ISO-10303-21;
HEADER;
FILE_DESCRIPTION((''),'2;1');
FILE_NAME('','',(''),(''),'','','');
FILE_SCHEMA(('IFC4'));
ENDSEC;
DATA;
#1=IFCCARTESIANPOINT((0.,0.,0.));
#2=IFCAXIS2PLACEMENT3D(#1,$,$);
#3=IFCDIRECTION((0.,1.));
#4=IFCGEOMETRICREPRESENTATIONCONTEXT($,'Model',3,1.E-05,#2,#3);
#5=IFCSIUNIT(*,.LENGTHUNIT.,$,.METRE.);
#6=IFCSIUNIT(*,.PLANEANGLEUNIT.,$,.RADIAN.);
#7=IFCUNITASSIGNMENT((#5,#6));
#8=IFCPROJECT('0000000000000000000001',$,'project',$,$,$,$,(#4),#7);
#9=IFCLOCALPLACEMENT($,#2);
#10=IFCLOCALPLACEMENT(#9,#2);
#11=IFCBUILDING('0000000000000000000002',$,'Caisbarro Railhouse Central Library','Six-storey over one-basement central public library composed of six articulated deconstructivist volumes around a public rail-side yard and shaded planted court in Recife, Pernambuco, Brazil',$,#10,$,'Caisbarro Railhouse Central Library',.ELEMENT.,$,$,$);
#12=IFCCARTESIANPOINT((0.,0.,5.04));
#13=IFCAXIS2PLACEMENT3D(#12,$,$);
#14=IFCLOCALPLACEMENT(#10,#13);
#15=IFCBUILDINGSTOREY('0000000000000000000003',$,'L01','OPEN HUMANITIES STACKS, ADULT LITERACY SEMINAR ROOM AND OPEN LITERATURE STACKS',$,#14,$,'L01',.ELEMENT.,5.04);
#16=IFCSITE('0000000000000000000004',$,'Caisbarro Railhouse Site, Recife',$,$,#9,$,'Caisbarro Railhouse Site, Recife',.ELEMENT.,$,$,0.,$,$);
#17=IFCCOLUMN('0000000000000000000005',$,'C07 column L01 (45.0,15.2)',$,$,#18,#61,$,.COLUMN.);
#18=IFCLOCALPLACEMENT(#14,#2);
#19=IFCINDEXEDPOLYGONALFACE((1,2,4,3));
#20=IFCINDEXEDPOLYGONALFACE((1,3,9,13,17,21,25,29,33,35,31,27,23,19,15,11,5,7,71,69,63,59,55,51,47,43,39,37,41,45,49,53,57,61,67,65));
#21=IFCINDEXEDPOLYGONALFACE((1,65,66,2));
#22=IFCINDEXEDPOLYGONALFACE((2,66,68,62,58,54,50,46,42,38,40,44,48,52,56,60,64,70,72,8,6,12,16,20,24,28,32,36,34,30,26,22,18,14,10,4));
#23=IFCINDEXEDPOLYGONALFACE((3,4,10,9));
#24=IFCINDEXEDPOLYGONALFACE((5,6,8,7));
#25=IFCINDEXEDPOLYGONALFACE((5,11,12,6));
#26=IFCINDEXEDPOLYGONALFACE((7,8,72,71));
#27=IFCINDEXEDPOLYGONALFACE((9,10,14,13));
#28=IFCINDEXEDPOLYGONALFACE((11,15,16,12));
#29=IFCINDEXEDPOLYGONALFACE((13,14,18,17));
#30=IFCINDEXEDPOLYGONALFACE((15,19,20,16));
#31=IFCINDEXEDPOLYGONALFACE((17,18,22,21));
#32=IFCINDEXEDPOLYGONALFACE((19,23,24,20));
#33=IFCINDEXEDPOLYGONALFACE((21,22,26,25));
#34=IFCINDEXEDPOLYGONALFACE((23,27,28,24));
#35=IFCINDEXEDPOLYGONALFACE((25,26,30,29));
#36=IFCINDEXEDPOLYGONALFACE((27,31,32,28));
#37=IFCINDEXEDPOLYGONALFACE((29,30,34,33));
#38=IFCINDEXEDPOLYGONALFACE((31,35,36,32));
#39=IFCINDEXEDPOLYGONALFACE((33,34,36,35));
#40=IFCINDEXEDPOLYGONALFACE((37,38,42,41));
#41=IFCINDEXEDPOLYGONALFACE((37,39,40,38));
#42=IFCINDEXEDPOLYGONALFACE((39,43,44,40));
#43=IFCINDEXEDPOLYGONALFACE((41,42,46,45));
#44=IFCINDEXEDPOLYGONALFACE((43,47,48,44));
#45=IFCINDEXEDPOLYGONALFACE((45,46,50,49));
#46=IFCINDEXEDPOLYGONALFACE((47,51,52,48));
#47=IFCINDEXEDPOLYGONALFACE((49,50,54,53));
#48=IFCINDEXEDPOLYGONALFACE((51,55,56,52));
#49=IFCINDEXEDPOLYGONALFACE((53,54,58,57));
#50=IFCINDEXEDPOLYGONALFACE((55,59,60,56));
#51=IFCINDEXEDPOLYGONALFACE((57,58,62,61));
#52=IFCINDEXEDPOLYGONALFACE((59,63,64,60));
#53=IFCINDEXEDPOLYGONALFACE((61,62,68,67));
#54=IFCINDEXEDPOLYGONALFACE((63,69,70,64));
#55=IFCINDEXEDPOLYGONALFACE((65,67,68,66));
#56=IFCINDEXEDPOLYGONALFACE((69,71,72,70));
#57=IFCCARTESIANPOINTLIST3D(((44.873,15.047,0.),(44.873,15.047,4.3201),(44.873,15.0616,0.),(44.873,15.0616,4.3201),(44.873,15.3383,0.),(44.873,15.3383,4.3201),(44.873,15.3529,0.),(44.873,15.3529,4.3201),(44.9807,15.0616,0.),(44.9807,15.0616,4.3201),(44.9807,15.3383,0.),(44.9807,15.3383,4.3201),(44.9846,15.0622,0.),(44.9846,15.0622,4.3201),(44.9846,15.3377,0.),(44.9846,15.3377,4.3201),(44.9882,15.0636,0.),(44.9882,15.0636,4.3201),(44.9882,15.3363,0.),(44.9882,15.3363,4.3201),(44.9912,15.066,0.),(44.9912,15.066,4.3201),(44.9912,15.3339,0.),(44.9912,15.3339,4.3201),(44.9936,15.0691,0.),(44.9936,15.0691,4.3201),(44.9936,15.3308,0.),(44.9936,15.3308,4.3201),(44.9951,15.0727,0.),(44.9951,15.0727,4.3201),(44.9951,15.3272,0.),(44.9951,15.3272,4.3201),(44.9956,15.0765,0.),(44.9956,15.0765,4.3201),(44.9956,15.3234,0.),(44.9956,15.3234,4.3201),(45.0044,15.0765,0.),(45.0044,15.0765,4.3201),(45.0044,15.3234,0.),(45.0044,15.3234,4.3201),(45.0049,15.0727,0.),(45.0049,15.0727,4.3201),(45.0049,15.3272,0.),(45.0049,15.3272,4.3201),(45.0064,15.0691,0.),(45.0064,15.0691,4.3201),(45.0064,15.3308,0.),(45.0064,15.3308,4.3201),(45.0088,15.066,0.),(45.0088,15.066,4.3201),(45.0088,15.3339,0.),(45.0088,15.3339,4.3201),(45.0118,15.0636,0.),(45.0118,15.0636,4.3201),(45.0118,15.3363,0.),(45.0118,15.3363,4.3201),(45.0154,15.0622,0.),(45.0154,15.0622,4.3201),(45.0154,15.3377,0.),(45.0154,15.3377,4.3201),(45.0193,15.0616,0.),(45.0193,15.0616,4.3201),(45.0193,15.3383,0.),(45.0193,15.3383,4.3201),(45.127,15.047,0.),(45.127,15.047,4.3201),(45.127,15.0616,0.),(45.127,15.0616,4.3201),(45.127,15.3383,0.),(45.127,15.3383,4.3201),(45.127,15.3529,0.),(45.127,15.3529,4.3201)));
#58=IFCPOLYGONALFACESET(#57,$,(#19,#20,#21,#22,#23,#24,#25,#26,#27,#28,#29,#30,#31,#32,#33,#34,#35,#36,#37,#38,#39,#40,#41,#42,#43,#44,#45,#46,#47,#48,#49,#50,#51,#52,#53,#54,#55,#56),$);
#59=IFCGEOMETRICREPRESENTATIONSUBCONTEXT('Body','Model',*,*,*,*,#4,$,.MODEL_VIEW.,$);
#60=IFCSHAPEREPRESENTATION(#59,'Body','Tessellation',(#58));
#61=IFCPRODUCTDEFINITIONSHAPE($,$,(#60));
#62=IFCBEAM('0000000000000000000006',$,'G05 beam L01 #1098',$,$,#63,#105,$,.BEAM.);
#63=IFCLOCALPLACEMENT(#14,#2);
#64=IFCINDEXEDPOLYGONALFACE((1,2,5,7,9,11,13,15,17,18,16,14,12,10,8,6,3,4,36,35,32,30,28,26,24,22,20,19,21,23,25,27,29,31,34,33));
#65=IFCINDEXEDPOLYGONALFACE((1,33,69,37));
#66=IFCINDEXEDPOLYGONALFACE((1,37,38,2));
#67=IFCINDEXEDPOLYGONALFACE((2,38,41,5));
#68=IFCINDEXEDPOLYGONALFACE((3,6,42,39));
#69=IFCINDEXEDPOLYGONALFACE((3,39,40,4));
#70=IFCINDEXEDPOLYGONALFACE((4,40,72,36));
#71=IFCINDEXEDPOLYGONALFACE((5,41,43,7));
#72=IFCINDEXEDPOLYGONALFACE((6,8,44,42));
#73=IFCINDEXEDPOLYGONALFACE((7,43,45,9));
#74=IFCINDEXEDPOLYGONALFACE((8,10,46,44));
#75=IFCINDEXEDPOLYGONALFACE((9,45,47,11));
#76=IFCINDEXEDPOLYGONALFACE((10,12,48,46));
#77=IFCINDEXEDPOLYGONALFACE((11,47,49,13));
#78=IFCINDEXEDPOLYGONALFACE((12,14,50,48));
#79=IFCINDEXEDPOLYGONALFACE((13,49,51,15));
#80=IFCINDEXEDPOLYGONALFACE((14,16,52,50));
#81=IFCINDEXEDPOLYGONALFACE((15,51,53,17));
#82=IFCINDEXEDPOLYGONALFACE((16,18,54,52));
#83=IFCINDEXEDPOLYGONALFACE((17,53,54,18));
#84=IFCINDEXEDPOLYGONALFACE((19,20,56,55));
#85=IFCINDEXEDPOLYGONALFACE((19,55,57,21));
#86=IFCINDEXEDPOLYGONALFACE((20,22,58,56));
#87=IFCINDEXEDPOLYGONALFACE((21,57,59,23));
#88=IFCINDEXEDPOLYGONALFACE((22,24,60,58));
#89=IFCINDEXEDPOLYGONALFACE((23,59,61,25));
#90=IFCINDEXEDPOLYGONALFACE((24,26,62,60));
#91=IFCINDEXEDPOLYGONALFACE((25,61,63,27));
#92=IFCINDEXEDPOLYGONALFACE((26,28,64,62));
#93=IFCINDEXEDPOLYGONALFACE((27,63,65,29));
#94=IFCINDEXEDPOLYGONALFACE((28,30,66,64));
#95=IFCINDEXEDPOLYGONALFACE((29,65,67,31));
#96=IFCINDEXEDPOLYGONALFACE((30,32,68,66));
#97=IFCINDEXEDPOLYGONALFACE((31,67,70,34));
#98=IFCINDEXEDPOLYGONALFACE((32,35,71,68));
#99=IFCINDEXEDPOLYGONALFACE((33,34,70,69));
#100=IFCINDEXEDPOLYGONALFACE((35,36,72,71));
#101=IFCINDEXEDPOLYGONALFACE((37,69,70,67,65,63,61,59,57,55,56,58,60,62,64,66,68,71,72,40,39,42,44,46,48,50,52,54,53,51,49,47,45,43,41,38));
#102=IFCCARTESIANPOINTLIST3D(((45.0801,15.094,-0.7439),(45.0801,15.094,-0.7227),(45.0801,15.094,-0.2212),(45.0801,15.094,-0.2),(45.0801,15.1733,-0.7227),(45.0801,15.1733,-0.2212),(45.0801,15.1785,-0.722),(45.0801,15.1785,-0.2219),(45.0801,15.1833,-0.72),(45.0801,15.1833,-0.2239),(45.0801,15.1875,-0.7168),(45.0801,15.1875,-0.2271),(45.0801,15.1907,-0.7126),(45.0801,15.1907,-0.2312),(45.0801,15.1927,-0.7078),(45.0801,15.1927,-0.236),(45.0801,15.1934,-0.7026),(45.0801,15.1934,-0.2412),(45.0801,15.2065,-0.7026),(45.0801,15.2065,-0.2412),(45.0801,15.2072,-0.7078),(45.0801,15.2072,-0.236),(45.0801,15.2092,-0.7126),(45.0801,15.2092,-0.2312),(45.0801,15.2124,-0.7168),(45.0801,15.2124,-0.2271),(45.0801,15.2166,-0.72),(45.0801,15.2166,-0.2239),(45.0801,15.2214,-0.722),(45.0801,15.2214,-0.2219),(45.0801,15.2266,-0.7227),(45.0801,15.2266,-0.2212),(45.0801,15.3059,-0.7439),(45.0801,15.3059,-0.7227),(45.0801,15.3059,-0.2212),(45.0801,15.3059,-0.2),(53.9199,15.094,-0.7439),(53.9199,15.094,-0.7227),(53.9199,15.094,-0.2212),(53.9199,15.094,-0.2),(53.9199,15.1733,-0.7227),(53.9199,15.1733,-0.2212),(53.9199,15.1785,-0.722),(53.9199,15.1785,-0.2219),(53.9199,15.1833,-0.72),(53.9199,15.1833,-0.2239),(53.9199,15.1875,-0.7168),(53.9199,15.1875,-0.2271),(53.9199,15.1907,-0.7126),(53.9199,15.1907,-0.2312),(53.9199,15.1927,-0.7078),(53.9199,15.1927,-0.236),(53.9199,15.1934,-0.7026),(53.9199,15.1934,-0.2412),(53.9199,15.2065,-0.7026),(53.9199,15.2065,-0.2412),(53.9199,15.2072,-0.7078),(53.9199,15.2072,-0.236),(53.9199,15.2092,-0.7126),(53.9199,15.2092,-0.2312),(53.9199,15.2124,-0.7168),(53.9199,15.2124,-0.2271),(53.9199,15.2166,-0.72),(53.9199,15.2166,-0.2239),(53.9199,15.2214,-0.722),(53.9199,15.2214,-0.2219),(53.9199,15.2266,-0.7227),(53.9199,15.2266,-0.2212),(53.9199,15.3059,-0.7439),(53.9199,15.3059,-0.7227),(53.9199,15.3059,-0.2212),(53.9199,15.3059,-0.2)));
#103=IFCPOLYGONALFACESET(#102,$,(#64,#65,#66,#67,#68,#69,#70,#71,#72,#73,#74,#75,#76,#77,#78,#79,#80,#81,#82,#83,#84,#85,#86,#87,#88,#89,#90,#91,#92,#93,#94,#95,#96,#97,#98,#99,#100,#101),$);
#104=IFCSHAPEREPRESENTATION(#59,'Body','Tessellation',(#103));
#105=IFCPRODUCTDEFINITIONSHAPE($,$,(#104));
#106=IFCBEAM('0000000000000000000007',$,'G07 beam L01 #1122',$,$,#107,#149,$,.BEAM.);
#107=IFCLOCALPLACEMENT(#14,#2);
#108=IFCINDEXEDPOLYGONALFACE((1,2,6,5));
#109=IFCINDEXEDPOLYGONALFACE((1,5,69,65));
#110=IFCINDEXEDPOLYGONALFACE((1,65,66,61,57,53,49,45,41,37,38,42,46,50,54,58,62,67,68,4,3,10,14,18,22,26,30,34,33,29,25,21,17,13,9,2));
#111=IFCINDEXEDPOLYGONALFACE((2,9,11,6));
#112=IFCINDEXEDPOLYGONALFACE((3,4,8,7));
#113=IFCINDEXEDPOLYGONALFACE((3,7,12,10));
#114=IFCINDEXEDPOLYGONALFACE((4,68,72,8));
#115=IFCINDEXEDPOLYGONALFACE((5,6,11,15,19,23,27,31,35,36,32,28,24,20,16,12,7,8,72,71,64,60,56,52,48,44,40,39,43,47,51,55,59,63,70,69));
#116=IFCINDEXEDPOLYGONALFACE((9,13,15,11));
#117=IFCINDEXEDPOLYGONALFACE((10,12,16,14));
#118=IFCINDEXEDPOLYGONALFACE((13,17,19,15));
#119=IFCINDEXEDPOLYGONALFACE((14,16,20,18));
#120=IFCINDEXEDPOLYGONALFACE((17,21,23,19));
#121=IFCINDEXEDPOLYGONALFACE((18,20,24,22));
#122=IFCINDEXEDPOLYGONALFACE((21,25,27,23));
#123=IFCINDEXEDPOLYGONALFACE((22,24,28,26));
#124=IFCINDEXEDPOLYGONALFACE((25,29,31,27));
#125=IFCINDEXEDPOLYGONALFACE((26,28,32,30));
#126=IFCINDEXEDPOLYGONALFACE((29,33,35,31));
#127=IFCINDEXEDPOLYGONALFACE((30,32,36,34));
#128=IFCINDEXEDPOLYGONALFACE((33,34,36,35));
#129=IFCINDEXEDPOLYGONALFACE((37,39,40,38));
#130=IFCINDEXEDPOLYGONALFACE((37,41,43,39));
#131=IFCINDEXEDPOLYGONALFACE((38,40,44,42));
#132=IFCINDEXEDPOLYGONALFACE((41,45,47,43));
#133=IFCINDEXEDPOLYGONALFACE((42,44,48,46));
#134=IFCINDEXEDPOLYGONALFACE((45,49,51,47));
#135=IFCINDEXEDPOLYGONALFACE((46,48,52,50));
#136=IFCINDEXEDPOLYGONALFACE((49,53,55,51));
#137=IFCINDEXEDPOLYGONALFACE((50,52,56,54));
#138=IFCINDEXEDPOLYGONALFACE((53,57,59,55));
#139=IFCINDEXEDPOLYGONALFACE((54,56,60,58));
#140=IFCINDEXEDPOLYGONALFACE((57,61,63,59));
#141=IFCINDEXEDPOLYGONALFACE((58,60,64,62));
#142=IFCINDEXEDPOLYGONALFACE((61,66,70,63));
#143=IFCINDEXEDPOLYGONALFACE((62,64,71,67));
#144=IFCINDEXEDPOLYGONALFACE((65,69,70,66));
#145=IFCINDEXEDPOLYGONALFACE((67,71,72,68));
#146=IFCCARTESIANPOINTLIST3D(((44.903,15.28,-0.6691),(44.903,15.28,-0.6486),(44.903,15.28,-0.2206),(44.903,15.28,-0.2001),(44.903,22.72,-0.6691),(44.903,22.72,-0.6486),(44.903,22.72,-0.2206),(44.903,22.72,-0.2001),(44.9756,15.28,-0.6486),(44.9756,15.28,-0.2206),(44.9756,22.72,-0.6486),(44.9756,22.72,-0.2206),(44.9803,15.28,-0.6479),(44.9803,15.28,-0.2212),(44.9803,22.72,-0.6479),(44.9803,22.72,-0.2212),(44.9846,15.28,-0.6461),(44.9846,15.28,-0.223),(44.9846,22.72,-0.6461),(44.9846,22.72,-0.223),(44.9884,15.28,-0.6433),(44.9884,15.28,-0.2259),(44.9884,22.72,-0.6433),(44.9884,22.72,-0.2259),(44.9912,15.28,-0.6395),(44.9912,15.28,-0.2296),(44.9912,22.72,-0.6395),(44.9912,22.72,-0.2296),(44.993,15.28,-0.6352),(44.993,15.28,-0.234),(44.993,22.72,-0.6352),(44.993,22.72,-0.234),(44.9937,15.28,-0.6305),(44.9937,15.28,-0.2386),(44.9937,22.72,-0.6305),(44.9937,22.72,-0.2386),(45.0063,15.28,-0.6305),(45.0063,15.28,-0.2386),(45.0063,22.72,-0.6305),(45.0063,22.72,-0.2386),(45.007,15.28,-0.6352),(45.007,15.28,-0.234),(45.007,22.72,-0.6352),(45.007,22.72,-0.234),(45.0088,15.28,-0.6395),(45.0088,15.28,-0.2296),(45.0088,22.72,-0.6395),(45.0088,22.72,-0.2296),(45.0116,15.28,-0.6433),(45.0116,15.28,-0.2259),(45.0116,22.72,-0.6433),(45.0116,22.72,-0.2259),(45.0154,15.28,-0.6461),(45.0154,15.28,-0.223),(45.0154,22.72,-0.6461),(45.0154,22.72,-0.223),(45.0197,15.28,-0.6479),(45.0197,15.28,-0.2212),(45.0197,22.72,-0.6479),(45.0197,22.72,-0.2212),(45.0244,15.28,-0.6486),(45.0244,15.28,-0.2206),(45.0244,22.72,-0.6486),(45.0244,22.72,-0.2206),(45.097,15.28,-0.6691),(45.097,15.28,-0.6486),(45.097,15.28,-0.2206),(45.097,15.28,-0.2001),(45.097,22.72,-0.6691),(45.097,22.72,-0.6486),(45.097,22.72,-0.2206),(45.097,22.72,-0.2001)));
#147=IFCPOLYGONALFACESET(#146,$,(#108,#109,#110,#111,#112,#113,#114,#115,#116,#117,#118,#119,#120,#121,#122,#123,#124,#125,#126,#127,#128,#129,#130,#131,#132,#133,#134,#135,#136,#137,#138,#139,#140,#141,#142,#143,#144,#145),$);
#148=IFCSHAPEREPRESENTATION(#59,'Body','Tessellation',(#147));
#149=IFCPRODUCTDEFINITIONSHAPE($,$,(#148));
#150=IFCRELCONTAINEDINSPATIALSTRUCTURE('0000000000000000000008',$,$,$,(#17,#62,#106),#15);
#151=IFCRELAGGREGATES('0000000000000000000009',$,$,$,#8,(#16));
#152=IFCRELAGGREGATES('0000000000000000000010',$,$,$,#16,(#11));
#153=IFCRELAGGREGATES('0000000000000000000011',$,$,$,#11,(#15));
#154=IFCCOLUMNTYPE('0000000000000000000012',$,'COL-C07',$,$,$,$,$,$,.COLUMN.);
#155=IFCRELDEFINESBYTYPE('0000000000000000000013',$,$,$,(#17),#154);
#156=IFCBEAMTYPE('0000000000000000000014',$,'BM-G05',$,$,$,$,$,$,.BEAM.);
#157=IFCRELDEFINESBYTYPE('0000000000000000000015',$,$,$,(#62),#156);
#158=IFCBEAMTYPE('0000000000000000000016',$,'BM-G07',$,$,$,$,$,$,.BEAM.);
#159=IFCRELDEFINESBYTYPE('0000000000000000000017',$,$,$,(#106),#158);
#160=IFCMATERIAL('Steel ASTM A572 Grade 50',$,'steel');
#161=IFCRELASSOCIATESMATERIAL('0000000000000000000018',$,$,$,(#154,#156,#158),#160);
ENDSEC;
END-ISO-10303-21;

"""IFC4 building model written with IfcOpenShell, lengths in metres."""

from ifc_helpers import new_model, si_unit, direction, frame, origin, origin_2d, place, context, subcontext, project, spatial, i_section, extrude, material, material_profile, profile_set, type_object, element, save


model = new_model("IFC4")

# Units and contexts
model_context = context("Model", 3, precision=1e-05, world=origin(), true_north=direction((0.0, 1.0)))
body_context = subcontext(model_context, "Body", "Model", "MODEL_VIEW")
ifc_project = project(units=[si_unit("LENGTHUNIT", "METRE"), si_unit("PLANEANGLEUNIT", "RADIAN")], contexts=[model_context])

# Site, building, storey
site_placement = place(None, origin())
site = spatial("IfcSite", under=ifc_project, at=site_placement, Name="Caisbarro Railhouse Site, Recife", LongName="Caisbarro Railhouse Site, Recife", CompositionType="ELEMENT", RefElevation=0.0)
building_placement = place(site_placement, origin())
building = spatial("IfcBuilding", under=site, at=building_placement, Name="Caisbarro Railhouse Central Library", Description="Six-storey over one-basement central public library composed of six articulated deconstructivist volumes around a public rail-side yard and shaded planted court in Recife, Pernambuco, Brazil", LongName="Caisbarro Railhouse Central Library", CompositionType="ELEMENT")
storey_placement = place(building_placement, frame((0.0, 0.0, 5.04)))
storey = spatial("IfcBuildingStorey", under=building, at=storey_placement, Name="L01", Description="OPEN HUMANITIES STACKS, ADULT LITERACY SEMINAR ROOM AND OPEN LITERATURE STACKS", LongName="L01", CompositionType="ELEMENT", Elevation=5.04)

# Column
ifc_material_1 = material(Name="Steel ASTM A572 Grade 50", Category="steel")
ifc_material_profile_1 = material_profile(ifc_material_1, i_section(OverallWidth=0.2539, OverallDepth=0.3059, WebThickness=0.0088, FlangeThickness=0.0146, FilletRadius=0.0149, at=origin_2d()), Name="W310X79.0")
ifc_profile_set_1 = profile_set([ifc_material_profile_1], Name="Steel ASTM A572 Grade 50")
column_type = type_object("IfcColumnType", Name="COL-C07", PredefinedType="COLUMN", material=ifc_profile_set_1)
column_placement = place(storey_placement, frame((45.0, 15.2, 0.0), z_axis=(0.0, 0.0, 1.0), x_axis=(1.0, 0.0, 0.0)))
element("IfcColumn", 1, at=column_placement, inside=storey, type_object=column_type, Name="C07 column L01 (45.0,15.2)", PredefinedType="COLUMN", context=body_context, shape_type="SweptSolid", body=[
    extrude(i_section(OverallWidth=0.2539, OverallDepth=0.3059, WebThickness=0.0088, FlangeThickness=0.0146, FilletRadius=0.0149, at=origin_2d()), origin(), (0.0, 0.0, 1.0), 4.3201),
])

# Beams
ifc_material_profile_2 = material_profile(ifc_material_1, i_section(OverallWidth=0.2119, OverallDepth=0.5439, WebThickness=0.0132, FlangeThickness=0.0212, FilletRadius=0.02, at=origin_2d()), Name="W530X123.0")
ifc_profile_set_2 = profile_set([ifc_material_profile_2], Name="Steel ASTM A572 Grade 50")
beam_type_1 = type_object("IfcBeamType", Name="BM-G05", PredefinedType="BEAM", material=ifc_profile_set_2)
beam_1_placement = place(storey_placement, frame((45.0801, 15.2, -0.4719), z_axis=(1.0, 0.0, 0.0), x_axis=(0.0, 1.0, 0.0)))
element("IfcBeam", 2, at=beam_1_placement, inside=storey, type_object=beam_type_1, Name="G05 beam L01 #1098", PredefinedType="BEAM", context=body_context, shape_type="SweptSolid", body=[
    extrude(i_section(OverallWidth=0.2119, OverallDepth=0.5439, WebThickness=0.0132, FlangeThickness=0.0212, FilletRadius=0.02, at=origin_2d()), origin(), (0.0, 0.0, 1.0), 8.8398),
])
ifc_material_profile_3 = material_profile(ifc_material_1, i_section(OverallWidth=0.1941, OverallDepth=0.469, WebThickness=0.0127, FlangeThickness=0.0205, FilletRadius=0.0181, at=origin_2d()), Name="W460X106.0")
ifc_profile_set_3 = profile_set([ifc_material_profile_3], Name="Steel ASTM A572 Grade 50")
beam_type_2 = type_object("IfcBeamType", Name="BM-G07", PredefinedType="BEAM", material=ifc_profile_set_3)
beam_2_placement = place(storey_placement, frame((45.0, 15.28, -0.4346), z_axis=(0.0, 1.0, 0.0), x_axis=(-1.0, 0.0, 0.0)))
element("IfcBeam", 3, at=beam_2_placement, inside=storey, type_object=beam_type_2, Name="G07 beam L01 #1122", PredefinedType="BEAM", context=body_context, shape_type="SweptSolid", body=[
    extrude(i_section(OverallWidth=0.1941, OverallDepth=0.469, WebThickness=0.0127, FlangeThickness=0.0205, FilletRadius=0.0181, at=origin_2d()), origin(), (0.0, 0.0, 1.0), 7.4399),
])

save(model, "model.ifc")
